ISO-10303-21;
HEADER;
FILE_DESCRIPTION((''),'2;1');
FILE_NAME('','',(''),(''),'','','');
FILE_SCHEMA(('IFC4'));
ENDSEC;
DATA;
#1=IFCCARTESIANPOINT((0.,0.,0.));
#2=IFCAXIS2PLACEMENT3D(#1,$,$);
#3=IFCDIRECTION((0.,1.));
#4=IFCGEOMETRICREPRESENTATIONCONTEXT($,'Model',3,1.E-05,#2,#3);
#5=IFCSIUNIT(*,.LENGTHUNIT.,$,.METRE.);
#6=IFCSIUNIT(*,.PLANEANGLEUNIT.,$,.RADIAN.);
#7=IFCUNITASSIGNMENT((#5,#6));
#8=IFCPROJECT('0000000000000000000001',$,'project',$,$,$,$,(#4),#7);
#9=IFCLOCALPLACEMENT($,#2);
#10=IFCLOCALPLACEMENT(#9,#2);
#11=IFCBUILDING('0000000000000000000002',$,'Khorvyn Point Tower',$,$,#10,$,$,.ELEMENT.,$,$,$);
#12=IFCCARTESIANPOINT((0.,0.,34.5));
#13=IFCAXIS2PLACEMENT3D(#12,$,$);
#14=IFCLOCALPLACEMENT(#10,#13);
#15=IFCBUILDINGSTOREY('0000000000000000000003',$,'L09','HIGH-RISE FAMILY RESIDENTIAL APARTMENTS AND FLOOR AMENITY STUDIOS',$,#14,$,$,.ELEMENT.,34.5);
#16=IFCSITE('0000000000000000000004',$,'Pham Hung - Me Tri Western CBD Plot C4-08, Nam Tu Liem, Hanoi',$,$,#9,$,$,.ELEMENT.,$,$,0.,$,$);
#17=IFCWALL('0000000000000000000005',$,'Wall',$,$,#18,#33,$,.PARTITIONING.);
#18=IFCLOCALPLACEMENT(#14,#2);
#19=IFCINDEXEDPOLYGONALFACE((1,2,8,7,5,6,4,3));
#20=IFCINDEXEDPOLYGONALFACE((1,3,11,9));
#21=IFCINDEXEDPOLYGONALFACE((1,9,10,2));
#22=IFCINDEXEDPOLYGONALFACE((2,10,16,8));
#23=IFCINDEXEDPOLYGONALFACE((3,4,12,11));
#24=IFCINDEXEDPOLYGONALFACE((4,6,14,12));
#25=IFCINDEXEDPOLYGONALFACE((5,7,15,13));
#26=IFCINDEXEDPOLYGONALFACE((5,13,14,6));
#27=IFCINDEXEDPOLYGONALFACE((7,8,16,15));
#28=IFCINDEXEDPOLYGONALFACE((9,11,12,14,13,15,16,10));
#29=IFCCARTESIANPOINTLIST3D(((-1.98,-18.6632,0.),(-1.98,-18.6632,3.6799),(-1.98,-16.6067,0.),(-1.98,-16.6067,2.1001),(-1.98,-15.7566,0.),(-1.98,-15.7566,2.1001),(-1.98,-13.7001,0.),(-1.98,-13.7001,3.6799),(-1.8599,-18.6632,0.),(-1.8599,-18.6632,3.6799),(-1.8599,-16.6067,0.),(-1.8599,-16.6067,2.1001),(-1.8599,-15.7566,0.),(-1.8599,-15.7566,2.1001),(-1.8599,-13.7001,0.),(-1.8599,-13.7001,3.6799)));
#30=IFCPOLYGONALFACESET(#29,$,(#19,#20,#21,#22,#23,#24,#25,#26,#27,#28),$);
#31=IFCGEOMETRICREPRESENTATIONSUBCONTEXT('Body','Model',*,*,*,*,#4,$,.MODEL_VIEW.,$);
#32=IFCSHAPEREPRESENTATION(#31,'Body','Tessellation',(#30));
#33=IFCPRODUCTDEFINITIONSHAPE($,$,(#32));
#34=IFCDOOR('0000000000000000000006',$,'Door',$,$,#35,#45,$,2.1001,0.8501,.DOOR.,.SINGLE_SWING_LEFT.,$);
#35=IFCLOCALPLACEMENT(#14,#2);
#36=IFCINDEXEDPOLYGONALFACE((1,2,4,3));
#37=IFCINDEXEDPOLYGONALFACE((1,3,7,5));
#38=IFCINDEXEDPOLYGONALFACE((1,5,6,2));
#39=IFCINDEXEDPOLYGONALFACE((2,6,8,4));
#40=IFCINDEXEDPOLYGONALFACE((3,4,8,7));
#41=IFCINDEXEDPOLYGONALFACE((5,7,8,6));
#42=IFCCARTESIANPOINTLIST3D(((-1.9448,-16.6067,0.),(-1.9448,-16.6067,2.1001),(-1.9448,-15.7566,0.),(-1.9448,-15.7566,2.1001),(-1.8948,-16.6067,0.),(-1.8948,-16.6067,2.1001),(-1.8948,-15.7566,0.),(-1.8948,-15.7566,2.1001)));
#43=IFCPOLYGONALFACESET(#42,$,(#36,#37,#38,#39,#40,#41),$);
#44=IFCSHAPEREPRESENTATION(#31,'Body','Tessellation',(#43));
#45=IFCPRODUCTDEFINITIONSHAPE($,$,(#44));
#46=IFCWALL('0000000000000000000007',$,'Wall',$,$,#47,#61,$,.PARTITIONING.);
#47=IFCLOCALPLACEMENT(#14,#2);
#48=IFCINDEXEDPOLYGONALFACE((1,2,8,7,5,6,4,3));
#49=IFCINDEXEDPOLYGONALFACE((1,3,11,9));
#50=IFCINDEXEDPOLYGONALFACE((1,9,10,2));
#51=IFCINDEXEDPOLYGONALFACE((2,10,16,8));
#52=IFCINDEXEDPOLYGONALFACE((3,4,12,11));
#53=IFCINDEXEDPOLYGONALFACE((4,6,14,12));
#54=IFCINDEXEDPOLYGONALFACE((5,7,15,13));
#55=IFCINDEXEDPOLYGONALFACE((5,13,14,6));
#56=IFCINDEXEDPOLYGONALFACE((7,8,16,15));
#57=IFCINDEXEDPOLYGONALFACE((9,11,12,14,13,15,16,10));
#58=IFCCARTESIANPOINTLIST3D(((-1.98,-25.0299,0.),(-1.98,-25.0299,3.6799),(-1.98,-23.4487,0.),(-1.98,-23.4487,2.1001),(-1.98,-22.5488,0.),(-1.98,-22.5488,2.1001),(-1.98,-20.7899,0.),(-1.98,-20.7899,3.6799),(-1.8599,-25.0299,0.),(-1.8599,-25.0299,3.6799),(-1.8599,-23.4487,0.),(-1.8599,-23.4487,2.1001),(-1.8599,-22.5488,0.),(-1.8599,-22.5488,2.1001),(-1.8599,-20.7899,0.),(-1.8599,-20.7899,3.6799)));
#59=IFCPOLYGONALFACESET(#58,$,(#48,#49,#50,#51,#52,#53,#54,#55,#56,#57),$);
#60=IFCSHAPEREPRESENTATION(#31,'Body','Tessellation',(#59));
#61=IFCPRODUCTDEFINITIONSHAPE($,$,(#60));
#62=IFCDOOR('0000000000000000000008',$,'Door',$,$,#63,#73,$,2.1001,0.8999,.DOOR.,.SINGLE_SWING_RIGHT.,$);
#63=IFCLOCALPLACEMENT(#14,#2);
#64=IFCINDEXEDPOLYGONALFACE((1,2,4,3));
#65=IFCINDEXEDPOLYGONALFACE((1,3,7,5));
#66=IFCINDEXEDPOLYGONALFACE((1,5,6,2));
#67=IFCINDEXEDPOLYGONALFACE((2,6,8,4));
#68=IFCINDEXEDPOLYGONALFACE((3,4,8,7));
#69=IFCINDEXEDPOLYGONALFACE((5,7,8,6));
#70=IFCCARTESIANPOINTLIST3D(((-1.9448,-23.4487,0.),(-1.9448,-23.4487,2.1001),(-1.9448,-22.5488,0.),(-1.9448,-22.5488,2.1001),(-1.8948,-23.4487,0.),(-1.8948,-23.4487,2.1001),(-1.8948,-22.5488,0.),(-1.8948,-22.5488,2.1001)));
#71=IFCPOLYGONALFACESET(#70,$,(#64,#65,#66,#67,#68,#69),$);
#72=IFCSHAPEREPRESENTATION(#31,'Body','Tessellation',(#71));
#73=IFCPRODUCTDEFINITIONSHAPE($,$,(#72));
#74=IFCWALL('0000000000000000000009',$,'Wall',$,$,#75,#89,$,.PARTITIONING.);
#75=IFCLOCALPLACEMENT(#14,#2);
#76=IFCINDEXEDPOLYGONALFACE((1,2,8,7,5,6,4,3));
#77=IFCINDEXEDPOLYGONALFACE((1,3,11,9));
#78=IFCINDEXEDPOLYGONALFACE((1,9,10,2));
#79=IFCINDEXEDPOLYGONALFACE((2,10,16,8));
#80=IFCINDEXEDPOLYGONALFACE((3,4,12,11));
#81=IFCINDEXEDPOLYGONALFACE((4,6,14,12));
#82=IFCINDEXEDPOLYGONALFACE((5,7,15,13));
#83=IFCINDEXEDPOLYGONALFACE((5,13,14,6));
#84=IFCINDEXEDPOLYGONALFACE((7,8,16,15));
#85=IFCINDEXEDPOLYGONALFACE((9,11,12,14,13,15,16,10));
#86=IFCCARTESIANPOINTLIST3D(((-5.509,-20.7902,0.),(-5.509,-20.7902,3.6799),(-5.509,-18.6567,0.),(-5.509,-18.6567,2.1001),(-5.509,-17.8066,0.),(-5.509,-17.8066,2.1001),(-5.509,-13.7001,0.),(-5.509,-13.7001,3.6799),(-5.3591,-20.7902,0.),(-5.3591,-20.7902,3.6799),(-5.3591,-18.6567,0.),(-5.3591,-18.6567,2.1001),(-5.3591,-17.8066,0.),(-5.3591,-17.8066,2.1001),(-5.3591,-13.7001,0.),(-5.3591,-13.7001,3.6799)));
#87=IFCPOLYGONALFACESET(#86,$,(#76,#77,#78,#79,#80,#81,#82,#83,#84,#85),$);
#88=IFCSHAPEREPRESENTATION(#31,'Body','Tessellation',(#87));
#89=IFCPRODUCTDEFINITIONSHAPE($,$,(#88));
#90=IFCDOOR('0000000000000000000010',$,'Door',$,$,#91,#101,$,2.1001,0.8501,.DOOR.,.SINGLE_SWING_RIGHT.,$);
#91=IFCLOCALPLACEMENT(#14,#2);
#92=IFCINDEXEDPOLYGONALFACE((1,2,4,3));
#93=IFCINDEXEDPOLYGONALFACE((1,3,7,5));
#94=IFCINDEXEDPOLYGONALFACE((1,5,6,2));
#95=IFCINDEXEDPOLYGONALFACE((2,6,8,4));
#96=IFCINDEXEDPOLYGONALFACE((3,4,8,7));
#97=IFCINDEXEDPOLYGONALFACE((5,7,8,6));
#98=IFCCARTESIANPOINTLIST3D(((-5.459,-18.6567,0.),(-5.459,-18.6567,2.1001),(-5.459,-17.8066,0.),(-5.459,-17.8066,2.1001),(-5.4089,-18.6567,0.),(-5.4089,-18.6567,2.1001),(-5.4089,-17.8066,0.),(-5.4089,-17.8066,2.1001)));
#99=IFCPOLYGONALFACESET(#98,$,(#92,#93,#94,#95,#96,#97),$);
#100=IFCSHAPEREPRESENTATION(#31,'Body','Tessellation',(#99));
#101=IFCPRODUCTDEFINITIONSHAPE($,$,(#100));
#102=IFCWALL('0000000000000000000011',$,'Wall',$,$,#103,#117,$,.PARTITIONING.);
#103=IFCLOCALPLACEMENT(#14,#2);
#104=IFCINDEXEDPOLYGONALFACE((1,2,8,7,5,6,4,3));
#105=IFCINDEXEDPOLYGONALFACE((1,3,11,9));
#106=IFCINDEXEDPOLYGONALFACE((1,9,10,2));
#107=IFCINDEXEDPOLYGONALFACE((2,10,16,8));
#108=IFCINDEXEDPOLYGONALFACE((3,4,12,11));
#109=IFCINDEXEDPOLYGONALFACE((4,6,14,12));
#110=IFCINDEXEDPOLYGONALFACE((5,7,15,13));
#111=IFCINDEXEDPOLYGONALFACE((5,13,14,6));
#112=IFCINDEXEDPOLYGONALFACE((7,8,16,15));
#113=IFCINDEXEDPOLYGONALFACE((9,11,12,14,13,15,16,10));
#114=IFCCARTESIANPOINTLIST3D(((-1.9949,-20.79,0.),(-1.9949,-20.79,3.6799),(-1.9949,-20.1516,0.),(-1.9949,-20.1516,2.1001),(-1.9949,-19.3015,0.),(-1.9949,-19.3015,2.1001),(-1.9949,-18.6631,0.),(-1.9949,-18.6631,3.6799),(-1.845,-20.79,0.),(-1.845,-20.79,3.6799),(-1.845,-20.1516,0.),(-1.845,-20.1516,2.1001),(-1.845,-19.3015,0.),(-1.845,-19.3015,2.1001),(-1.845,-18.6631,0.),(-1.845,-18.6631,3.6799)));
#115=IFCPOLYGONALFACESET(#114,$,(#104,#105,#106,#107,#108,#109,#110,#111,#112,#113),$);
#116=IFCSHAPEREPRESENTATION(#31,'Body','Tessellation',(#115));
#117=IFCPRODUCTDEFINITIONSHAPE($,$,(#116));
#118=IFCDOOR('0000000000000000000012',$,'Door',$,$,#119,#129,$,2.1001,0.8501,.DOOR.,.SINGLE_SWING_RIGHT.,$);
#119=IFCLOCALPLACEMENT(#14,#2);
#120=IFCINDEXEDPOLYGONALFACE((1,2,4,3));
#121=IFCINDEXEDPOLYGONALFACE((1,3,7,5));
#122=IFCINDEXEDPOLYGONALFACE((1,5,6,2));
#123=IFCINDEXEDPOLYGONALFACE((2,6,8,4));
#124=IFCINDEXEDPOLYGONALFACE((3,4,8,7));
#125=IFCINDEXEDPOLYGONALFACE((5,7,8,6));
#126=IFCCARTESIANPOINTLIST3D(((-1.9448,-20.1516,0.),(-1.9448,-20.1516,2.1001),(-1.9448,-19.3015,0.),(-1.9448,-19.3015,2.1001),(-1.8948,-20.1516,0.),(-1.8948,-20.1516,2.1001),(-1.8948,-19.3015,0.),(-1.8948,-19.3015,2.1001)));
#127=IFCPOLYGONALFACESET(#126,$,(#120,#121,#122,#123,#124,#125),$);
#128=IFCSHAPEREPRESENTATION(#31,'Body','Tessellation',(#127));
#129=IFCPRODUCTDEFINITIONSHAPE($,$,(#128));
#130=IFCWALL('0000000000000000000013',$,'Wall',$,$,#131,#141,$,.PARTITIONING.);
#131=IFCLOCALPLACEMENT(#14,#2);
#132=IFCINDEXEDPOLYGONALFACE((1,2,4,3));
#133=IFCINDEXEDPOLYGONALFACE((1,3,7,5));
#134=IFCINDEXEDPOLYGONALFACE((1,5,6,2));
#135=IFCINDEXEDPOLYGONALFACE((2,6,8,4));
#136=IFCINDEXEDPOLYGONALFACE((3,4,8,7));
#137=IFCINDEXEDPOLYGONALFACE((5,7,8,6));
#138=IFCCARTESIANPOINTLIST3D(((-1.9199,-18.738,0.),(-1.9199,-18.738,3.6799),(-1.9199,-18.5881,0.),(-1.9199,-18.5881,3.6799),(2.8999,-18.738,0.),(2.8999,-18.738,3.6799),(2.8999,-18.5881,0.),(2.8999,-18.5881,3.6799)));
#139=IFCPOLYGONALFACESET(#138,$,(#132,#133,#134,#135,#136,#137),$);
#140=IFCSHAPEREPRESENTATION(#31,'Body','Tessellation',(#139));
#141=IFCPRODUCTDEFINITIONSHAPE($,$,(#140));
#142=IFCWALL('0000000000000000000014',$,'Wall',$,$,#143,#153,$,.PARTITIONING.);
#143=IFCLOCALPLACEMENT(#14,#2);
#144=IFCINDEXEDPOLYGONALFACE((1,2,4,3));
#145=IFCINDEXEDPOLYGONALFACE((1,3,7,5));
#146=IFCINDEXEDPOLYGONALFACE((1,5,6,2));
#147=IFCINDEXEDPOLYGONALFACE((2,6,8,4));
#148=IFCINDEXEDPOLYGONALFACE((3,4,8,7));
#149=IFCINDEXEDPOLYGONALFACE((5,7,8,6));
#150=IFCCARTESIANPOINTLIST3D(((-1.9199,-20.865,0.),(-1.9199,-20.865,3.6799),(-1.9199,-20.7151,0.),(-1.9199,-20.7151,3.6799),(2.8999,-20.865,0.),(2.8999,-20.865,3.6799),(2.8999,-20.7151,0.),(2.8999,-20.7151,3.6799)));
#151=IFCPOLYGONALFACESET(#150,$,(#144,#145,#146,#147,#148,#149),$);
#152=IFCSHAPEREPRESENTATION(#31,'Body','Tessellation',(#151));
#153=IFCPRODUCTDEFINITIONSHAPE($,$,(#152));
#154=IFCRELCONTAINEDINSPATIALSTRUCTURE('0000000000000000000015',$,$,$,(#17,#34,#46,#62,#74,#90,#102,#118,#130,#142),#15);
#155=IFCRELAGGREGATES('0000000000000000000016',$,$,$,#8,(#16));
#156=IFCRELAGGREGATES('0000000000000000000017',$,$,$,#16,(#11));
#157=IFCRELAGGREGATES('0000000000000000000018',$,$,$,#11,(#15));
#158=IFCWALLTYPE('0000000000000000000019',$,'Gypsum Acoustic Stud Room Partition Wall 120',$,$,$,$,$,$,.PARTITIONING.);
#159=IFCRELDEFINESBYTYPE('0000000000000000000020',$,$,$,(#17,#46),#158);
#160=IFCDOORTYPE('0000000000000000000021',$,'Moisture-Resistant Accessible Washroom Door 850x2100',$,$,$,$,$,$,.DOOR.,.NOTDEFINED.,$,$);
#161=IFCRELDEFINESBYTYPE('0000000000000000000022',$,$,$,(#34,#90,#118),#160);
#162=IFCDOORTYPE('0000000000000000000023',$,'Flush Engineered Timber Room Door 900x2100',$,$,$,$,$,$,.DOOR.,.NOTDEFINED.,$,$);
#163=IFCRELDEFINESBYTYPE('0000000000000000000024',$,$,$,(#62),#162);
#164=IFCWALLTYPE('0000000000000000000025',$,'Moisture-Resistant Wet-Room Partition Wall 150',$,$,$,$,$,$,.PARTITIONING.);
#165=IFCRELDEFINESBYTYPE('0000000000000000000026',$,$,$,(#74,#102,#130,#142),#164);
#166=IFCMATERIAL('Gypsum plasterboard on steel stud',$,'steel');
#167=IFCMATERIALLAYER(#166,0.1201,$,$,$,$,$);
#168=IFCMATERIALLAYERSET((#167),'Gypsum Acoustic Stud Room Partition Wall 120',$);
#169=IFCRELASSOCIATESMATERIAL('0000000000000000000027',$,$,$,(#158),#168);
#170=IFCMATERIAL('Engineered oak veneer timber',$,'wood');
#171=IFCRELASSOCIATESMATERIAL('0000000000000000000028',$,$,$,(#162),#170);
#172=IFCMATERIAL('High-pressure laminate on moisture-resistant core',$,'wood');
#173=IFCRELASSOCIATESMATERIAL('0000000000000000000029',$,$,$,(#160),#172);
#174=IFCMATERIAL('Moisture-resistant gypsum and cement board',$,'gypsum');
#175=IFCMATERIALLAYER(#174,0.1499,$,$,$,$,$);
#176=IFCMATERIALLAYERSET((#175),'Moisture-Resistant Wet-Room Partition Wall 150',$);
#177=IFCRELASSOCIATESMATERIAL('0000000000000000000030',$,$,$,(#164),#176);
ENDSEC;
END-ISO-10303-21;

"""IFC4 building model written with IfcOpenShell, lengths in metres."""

from ifc_helpers import new_model, si_unit, direction, frame, frame_2d, origin, place, context, subcontext, project, spatial, rectangle, extrude, material, layer, layer_set, type_object, element, fill, save


model = new_model("IFC4")

# Units and contexts
model_context = context("Model", 3, precision=1e-05, world=origin(), true_north=direction((0.0, 1.0)))
body_context = subcontext(model_context, "Body", "Model", "MODEL_VIEW")
ifc_project = project(units=[si_unit("LENGTHUNIT", "METRE"), si_unit("PLANEANGLEUNIT", "RADIAN")], contexts=[model_context])

# Site, building, storey
site_placement = place(None, origin())
site = spatial("IfcSite", under=ifc_project, at=site_placement, Name="Pham Hung - Me Tri Western CBD Plot C4-08, Nam Tu Liem, Hanoi", CompositionType="ELEMENT", RefElevation=0.0)
building_placement = place(site_placement, origin())
building = spatial("IfcBuilding", under=site, at=building_placement, Name="Khorvyn Point Tower", CompositionType="ELEMENT")
storey_placement = place(building_placement, frame((0.0, 0.0, 34.5)))
storey = spatial("IfcBuildingStorey", under=building, at=storey_placement, Name="L09", Description="HIGH-RISE FAMILY RESIDENTIAL APARTMENTS AND FLOOR AMENITY STUDIOS", CompositionType="ELEMENT", Elevation=34.5)

# Walls, openings, doors
ifc_material_1 = material(Name="Gypsum plasterboard on steel stud", Category="steel")
ifc_layer_1 = layer(ifc_material_1, 0.1201)
ifc_layer_set_1 = layer_set([ifc_layer_1], Name="Gypsum Acoustic Stud Room Partition Wall 120")
wall_type_1 = type_object("IfcWallType", Name="Gypsum Acoustic Stud Room Partition Wall 120", PredefinedType="PARTITIONING", material=ifc_layer_set_1)
ifc_material_2 = material(Name="Engineered oak veneer timber", Category="wood")
door_type_1 = type_object("IfcDoorType", Name="Flush Engineered Timber Room Door 900x2100", OperationType="NOTDEFINED", PredefinedType="DOOR", material=ifc_material_2)
wall_1_placement = place(storey_placement, frame((-1.9199, -18.6631, 0.0), z_axis=(0.0, 0.0, 1.0), x_axis=(0.0, 1.0, 0.0)))
wall_1 = element("IfcWall", 1, at=wall_1_placement, inside=storey, type_object=wall_type_1, Name="Wall", PredefinedType="PARTITIONING", context=body_context, shape_type="SweptSolid", body=[
    extrude(rectangle(XDim=4.9631, YDim=0.1201, at=frame_2d((2.4814, 0.0))), origin(), (0.0, 0.0, 1.0), 3.6799),
])
opening_1_placement = place(wall_1_placement, frame((2.0564, 0.0, 0.0)))
opening_1 = element("IfcOpeningElement", 2, at=opening_1_placement, cuts=wall_1, PredefinedType="OPENING", context=body_context, shape_type="SweptSolid", body=[
    extrude(rectangle(XDim=0.8501, YDim=2.1001, at=frame_2d((0.425, 1.05))), frame((0.0, 0.0701, 0.0), z_axis=(0.0, -1.0, 0.0), x_axis=(1.0, 0.0, 0.0)), (0.0, 0.0, 1.0), 0.1401),
])
ifc_material_3 = material(Name="High-pressure laminate on moisture-resistant core", Category="wood")
door_type_2 = type_object("IfcDoorType", Name="Moisture-Resistant Accessible Washroom Door 850x2100", OperationType="NOTDEFINED", PredefinedType="DOOR", material=ifc_material_3)
door_1_placement = place(opening_1_placement, origin())
door_1 = element("IfcDoor", 3, at=door_1_placement, inside=storey, type_object=door_type_2, Name="Door", OperationType="SINGLE_SWING_LEFT", OverallHeight=2.1001, OverallWidth=0.8501, PredefinedType="DOOR", context=body_context, shape_type="SweptSolid", body=[
    extrude(rectangle(XDim=0.8501, YDim=2.1001, at=frame_2d((0.425, 1.05))), frame((0.0, 0.0249, 0.0), z_axis=(0.0, -1.0, 0.0), x_axis=(1.0, 0.0, 0.0)), (0.0, 0.0, 1.0), 0.05),
])
fill(opening_1, door_1)
wall_2_placement = place(storey_placement, frame((-1.9199, -25.03, 0.0), z_axis=(0.0, 0.0, 1.0), x_axis=(0.0, 1.0, 0.0)))
wall_2 = element("IfcWall", 4, at=wall_2_placement, inside=storey, type_object=wall_type_1, Name="Wall", PredefinedType="PARTITIONING", context=body_context, shape_type="SweptSolid", body=[
    extrude(rectangle(XDim=4.24, YDim=0.1201, at=frame_2d((2.1201, 0.0))), origin(), (0.0, 0.0, 1.0), 3.6799),
])
opening_2_placement = place(wall_2_placement, frame((1.5813, 0.0, 0.0)))
opening_2 = element("IfcOpeningElement", 5, at=opening_2_placement, cuts=wall_2, PredefinedType="OPENING", context=body_context, shape_type="SweptSolid", body=[
    extrude(rectangle(XDim=0.8999, YDim=2.1001, at=frame_2d((0.45, 1.05))), frame((0.0, 0.0701, 0.0), z_axis=(0.0, -1.0, 0.0), x_axis=(1.0, 0.0, 0.0)), (0.0, 0.0, 1.0), 0.1401),
])
door_2_placement = place(opening_2_placement, origin())
door_2 = element("IfcDoor", 6, at=door_2_placement, inside=storey, type_object=door_type_1, Name="Door", OperationType="SINGLE_SWING_RIGHT", OverallHeight=2.1001, OverallWidth=0.8999, PredefinedType="DOOR", context=body_context, shape_type="SweptSolid", body=[
    extrude(rectangle(XDim=0.8999, YDim=2.1001, at=frame_2d((0.45, 1.05))), frame((0.0, 0.0249, 0.0), z_axis=(0.0, -1.0, 0.0), x_axis=(1.0, 0.0, 0.0)), (0.0, 0.0, 1.0), 0.05),
])
fill(opening_2, door_2)
ifc_material_4 = material(Name="Moisture-resistant gypsum and cement board", Category="gypsum")
ifc_layer_2 = layer(ifc_material_4, 0.1499)
ifc_layer_set_2 = layer_set([ifc_layer_2], Name="Moisture-Resistant Wet-Room Partition Wall 150")
wall_type_2 = type_object("IfcWallType", Name="Moisture-Resistant Wet-Room Partition Wall 150", PredefinedType="PARTITIONING", material=ifc_layer_set_2)
wall_3_placement = place(storey_placement, frame((-5.4341, -20.79, 0.0), z_axis=(0.0, 0.0, 1.0), x_axis=(0.0, 1.0, 0.0)))
wall_3 = element("IfcWall", 7, at=wall_3_placement, inside=storey, type_object=wall_type_2, Name="Wall", PredefinedType="PARTITIONING", context=body_context, shape_type="SweptSolid", body=[
    extrude(rectangle(XDim=7.0901, YDim=0.1499, at=frame_2d((3.5449, 0.0))), origin(), (0.0, 0.0, 1.0), 3.6799),
])
opening_3_placement = place(wall_3_placement, frame((2.1333, 0.0, 0.0)))
opening_3 = element("IfcOpeningElement", 8, at=opening_3_placement, cuts=wall_3, PredefinedType="OPENING", context=body_context, shape_type="SweptSolid", body=[
    extrude(rectangle(XDim=0.8501, YDim=2.1001, at=frame_2d((0.425, 1.05))), frame((0.0, 0.085, 0.0), z_axis=(0.0, -1.0, 0.0), x_axis=(1.0, 0.0, 0.0)), (0.0, 0.0, 1.0), 0.1699),
])
door_3_placement = place(opening_3_placement, origin())
door_3 = element("IfcDoor", 9, at=door_3_placement, inside=storey, type_object=door_type_2, Name="Door", OperationType="SINGLE_SWING_RIGHT", OverallHeight=2.1001, OverallWidth=0.8501, PredefinedType="DOOR", context=body_context, shape_type="SweptSolid", body=[
    extrude(rectangle(XDim=0.8501, YDim=2.1001, at=frame_2d((0.425, 1.05))), frame((0.0, 0.0249, 0.0), z_axis=(0.0, -1.0, 0.0), x_axis=(1.0, 0.0, 0.0)), (0.0, 0.0, 1.0), 0.05),
])
fill(opening_3, door_3)
wall_4_placement = place(storey_placement, frame((-1.9199, -20.79, 0.0), z_axis=(0.0, 0.0, 1.0), x_axis=(0.0, 1.0, 0.0)))
wall_4 = element("IfcWall", 10, at=wall_4_placement, inside=storey, type_object=wall_type_2, Name="Wall", PredefinedType="PARTITIONING", context=body_context, shape_type="SweptSolid", body=[
    extrude(rectangle(XDim=2.127, YDim=0.1499, at=frame_2d((1.0635, 0.0))), origin(), (0.0, 0.0, 1.0), 3.6799),
])
opening_4_placement = place(wall_4_placement, frame((0.6384, 0.0, 0.0)))
opening_4 = element("IfcOpeningElement", 11, at=opening_4_placement, cuts=wall_4, PredefinedType="OPENING", context=body_context, shape_type="SweptSolid", body=[
    extrude(rectangle(XDim=0.8501, YDim=2.1001, at=frame_2d((0.425, 1.05))), frame((0.0, 0.085, 0.0), z_axis=(0.0, -1.0, 0.0), x_axis=(1.0, 0.0, 0.0)), (0.0, 0.0, 1.0), 0.1699),
])
door_4_placement = place(opening_4_placement, origin())
door_4 = element("IfcDoor", 12, at=door_4_placement, inside=storey, type_object=door_type_2, Name="Door", OperationType="SINGLE_SWING_RIGHT", OverallHeight=2.1001, OverallWidth=0.8501, PredefinedType="DOOR", context=body_context, shape_type="SweptSolid", body=[
    extrude(rectangle(XDim=0.8501, YDim=2.1001, at=frame_2d((0.425, 1.05))), frame((0.0, 0.0249, 0.0), z_axis=(0.0, -1.0, 0.0), x_axis=(1.0, 0.0, 0.0)), (0.0, 0.0, 1.0), 0.05),
])
fill(opening_4, door_4)

# Walls
for number, where, z_axis, x_axis, name in (
    (13, (-1.9199, -18.6631, 0.0), (0.0, 0.0, 1.0), (1.0, 0.0, 0.0), "Wall"),
    (14, (-1.9199, -20.79, 0.0), (0.0, 0.0, 1.0), (1.0, 0.0, 0.0), "Wall"),
):
    element("IfcWall", number, at=place(storey_placement, frame(where, z_axis=z_axis, x_axis=x_axis)), inside=storey, type_object=wall_type_2, Name=name, PredefinedType="PARTITIONING", context=body_context, shape_type="SweptSolid", body=[
        extrude(rectangle(XDim=4.8198, YDim=0.1499, at=frame_2d((2.4099, 0.0))), origin(), (0.0, 0.0, 1.0), 3.6799),
    ])

save(model, "model.ifc")
